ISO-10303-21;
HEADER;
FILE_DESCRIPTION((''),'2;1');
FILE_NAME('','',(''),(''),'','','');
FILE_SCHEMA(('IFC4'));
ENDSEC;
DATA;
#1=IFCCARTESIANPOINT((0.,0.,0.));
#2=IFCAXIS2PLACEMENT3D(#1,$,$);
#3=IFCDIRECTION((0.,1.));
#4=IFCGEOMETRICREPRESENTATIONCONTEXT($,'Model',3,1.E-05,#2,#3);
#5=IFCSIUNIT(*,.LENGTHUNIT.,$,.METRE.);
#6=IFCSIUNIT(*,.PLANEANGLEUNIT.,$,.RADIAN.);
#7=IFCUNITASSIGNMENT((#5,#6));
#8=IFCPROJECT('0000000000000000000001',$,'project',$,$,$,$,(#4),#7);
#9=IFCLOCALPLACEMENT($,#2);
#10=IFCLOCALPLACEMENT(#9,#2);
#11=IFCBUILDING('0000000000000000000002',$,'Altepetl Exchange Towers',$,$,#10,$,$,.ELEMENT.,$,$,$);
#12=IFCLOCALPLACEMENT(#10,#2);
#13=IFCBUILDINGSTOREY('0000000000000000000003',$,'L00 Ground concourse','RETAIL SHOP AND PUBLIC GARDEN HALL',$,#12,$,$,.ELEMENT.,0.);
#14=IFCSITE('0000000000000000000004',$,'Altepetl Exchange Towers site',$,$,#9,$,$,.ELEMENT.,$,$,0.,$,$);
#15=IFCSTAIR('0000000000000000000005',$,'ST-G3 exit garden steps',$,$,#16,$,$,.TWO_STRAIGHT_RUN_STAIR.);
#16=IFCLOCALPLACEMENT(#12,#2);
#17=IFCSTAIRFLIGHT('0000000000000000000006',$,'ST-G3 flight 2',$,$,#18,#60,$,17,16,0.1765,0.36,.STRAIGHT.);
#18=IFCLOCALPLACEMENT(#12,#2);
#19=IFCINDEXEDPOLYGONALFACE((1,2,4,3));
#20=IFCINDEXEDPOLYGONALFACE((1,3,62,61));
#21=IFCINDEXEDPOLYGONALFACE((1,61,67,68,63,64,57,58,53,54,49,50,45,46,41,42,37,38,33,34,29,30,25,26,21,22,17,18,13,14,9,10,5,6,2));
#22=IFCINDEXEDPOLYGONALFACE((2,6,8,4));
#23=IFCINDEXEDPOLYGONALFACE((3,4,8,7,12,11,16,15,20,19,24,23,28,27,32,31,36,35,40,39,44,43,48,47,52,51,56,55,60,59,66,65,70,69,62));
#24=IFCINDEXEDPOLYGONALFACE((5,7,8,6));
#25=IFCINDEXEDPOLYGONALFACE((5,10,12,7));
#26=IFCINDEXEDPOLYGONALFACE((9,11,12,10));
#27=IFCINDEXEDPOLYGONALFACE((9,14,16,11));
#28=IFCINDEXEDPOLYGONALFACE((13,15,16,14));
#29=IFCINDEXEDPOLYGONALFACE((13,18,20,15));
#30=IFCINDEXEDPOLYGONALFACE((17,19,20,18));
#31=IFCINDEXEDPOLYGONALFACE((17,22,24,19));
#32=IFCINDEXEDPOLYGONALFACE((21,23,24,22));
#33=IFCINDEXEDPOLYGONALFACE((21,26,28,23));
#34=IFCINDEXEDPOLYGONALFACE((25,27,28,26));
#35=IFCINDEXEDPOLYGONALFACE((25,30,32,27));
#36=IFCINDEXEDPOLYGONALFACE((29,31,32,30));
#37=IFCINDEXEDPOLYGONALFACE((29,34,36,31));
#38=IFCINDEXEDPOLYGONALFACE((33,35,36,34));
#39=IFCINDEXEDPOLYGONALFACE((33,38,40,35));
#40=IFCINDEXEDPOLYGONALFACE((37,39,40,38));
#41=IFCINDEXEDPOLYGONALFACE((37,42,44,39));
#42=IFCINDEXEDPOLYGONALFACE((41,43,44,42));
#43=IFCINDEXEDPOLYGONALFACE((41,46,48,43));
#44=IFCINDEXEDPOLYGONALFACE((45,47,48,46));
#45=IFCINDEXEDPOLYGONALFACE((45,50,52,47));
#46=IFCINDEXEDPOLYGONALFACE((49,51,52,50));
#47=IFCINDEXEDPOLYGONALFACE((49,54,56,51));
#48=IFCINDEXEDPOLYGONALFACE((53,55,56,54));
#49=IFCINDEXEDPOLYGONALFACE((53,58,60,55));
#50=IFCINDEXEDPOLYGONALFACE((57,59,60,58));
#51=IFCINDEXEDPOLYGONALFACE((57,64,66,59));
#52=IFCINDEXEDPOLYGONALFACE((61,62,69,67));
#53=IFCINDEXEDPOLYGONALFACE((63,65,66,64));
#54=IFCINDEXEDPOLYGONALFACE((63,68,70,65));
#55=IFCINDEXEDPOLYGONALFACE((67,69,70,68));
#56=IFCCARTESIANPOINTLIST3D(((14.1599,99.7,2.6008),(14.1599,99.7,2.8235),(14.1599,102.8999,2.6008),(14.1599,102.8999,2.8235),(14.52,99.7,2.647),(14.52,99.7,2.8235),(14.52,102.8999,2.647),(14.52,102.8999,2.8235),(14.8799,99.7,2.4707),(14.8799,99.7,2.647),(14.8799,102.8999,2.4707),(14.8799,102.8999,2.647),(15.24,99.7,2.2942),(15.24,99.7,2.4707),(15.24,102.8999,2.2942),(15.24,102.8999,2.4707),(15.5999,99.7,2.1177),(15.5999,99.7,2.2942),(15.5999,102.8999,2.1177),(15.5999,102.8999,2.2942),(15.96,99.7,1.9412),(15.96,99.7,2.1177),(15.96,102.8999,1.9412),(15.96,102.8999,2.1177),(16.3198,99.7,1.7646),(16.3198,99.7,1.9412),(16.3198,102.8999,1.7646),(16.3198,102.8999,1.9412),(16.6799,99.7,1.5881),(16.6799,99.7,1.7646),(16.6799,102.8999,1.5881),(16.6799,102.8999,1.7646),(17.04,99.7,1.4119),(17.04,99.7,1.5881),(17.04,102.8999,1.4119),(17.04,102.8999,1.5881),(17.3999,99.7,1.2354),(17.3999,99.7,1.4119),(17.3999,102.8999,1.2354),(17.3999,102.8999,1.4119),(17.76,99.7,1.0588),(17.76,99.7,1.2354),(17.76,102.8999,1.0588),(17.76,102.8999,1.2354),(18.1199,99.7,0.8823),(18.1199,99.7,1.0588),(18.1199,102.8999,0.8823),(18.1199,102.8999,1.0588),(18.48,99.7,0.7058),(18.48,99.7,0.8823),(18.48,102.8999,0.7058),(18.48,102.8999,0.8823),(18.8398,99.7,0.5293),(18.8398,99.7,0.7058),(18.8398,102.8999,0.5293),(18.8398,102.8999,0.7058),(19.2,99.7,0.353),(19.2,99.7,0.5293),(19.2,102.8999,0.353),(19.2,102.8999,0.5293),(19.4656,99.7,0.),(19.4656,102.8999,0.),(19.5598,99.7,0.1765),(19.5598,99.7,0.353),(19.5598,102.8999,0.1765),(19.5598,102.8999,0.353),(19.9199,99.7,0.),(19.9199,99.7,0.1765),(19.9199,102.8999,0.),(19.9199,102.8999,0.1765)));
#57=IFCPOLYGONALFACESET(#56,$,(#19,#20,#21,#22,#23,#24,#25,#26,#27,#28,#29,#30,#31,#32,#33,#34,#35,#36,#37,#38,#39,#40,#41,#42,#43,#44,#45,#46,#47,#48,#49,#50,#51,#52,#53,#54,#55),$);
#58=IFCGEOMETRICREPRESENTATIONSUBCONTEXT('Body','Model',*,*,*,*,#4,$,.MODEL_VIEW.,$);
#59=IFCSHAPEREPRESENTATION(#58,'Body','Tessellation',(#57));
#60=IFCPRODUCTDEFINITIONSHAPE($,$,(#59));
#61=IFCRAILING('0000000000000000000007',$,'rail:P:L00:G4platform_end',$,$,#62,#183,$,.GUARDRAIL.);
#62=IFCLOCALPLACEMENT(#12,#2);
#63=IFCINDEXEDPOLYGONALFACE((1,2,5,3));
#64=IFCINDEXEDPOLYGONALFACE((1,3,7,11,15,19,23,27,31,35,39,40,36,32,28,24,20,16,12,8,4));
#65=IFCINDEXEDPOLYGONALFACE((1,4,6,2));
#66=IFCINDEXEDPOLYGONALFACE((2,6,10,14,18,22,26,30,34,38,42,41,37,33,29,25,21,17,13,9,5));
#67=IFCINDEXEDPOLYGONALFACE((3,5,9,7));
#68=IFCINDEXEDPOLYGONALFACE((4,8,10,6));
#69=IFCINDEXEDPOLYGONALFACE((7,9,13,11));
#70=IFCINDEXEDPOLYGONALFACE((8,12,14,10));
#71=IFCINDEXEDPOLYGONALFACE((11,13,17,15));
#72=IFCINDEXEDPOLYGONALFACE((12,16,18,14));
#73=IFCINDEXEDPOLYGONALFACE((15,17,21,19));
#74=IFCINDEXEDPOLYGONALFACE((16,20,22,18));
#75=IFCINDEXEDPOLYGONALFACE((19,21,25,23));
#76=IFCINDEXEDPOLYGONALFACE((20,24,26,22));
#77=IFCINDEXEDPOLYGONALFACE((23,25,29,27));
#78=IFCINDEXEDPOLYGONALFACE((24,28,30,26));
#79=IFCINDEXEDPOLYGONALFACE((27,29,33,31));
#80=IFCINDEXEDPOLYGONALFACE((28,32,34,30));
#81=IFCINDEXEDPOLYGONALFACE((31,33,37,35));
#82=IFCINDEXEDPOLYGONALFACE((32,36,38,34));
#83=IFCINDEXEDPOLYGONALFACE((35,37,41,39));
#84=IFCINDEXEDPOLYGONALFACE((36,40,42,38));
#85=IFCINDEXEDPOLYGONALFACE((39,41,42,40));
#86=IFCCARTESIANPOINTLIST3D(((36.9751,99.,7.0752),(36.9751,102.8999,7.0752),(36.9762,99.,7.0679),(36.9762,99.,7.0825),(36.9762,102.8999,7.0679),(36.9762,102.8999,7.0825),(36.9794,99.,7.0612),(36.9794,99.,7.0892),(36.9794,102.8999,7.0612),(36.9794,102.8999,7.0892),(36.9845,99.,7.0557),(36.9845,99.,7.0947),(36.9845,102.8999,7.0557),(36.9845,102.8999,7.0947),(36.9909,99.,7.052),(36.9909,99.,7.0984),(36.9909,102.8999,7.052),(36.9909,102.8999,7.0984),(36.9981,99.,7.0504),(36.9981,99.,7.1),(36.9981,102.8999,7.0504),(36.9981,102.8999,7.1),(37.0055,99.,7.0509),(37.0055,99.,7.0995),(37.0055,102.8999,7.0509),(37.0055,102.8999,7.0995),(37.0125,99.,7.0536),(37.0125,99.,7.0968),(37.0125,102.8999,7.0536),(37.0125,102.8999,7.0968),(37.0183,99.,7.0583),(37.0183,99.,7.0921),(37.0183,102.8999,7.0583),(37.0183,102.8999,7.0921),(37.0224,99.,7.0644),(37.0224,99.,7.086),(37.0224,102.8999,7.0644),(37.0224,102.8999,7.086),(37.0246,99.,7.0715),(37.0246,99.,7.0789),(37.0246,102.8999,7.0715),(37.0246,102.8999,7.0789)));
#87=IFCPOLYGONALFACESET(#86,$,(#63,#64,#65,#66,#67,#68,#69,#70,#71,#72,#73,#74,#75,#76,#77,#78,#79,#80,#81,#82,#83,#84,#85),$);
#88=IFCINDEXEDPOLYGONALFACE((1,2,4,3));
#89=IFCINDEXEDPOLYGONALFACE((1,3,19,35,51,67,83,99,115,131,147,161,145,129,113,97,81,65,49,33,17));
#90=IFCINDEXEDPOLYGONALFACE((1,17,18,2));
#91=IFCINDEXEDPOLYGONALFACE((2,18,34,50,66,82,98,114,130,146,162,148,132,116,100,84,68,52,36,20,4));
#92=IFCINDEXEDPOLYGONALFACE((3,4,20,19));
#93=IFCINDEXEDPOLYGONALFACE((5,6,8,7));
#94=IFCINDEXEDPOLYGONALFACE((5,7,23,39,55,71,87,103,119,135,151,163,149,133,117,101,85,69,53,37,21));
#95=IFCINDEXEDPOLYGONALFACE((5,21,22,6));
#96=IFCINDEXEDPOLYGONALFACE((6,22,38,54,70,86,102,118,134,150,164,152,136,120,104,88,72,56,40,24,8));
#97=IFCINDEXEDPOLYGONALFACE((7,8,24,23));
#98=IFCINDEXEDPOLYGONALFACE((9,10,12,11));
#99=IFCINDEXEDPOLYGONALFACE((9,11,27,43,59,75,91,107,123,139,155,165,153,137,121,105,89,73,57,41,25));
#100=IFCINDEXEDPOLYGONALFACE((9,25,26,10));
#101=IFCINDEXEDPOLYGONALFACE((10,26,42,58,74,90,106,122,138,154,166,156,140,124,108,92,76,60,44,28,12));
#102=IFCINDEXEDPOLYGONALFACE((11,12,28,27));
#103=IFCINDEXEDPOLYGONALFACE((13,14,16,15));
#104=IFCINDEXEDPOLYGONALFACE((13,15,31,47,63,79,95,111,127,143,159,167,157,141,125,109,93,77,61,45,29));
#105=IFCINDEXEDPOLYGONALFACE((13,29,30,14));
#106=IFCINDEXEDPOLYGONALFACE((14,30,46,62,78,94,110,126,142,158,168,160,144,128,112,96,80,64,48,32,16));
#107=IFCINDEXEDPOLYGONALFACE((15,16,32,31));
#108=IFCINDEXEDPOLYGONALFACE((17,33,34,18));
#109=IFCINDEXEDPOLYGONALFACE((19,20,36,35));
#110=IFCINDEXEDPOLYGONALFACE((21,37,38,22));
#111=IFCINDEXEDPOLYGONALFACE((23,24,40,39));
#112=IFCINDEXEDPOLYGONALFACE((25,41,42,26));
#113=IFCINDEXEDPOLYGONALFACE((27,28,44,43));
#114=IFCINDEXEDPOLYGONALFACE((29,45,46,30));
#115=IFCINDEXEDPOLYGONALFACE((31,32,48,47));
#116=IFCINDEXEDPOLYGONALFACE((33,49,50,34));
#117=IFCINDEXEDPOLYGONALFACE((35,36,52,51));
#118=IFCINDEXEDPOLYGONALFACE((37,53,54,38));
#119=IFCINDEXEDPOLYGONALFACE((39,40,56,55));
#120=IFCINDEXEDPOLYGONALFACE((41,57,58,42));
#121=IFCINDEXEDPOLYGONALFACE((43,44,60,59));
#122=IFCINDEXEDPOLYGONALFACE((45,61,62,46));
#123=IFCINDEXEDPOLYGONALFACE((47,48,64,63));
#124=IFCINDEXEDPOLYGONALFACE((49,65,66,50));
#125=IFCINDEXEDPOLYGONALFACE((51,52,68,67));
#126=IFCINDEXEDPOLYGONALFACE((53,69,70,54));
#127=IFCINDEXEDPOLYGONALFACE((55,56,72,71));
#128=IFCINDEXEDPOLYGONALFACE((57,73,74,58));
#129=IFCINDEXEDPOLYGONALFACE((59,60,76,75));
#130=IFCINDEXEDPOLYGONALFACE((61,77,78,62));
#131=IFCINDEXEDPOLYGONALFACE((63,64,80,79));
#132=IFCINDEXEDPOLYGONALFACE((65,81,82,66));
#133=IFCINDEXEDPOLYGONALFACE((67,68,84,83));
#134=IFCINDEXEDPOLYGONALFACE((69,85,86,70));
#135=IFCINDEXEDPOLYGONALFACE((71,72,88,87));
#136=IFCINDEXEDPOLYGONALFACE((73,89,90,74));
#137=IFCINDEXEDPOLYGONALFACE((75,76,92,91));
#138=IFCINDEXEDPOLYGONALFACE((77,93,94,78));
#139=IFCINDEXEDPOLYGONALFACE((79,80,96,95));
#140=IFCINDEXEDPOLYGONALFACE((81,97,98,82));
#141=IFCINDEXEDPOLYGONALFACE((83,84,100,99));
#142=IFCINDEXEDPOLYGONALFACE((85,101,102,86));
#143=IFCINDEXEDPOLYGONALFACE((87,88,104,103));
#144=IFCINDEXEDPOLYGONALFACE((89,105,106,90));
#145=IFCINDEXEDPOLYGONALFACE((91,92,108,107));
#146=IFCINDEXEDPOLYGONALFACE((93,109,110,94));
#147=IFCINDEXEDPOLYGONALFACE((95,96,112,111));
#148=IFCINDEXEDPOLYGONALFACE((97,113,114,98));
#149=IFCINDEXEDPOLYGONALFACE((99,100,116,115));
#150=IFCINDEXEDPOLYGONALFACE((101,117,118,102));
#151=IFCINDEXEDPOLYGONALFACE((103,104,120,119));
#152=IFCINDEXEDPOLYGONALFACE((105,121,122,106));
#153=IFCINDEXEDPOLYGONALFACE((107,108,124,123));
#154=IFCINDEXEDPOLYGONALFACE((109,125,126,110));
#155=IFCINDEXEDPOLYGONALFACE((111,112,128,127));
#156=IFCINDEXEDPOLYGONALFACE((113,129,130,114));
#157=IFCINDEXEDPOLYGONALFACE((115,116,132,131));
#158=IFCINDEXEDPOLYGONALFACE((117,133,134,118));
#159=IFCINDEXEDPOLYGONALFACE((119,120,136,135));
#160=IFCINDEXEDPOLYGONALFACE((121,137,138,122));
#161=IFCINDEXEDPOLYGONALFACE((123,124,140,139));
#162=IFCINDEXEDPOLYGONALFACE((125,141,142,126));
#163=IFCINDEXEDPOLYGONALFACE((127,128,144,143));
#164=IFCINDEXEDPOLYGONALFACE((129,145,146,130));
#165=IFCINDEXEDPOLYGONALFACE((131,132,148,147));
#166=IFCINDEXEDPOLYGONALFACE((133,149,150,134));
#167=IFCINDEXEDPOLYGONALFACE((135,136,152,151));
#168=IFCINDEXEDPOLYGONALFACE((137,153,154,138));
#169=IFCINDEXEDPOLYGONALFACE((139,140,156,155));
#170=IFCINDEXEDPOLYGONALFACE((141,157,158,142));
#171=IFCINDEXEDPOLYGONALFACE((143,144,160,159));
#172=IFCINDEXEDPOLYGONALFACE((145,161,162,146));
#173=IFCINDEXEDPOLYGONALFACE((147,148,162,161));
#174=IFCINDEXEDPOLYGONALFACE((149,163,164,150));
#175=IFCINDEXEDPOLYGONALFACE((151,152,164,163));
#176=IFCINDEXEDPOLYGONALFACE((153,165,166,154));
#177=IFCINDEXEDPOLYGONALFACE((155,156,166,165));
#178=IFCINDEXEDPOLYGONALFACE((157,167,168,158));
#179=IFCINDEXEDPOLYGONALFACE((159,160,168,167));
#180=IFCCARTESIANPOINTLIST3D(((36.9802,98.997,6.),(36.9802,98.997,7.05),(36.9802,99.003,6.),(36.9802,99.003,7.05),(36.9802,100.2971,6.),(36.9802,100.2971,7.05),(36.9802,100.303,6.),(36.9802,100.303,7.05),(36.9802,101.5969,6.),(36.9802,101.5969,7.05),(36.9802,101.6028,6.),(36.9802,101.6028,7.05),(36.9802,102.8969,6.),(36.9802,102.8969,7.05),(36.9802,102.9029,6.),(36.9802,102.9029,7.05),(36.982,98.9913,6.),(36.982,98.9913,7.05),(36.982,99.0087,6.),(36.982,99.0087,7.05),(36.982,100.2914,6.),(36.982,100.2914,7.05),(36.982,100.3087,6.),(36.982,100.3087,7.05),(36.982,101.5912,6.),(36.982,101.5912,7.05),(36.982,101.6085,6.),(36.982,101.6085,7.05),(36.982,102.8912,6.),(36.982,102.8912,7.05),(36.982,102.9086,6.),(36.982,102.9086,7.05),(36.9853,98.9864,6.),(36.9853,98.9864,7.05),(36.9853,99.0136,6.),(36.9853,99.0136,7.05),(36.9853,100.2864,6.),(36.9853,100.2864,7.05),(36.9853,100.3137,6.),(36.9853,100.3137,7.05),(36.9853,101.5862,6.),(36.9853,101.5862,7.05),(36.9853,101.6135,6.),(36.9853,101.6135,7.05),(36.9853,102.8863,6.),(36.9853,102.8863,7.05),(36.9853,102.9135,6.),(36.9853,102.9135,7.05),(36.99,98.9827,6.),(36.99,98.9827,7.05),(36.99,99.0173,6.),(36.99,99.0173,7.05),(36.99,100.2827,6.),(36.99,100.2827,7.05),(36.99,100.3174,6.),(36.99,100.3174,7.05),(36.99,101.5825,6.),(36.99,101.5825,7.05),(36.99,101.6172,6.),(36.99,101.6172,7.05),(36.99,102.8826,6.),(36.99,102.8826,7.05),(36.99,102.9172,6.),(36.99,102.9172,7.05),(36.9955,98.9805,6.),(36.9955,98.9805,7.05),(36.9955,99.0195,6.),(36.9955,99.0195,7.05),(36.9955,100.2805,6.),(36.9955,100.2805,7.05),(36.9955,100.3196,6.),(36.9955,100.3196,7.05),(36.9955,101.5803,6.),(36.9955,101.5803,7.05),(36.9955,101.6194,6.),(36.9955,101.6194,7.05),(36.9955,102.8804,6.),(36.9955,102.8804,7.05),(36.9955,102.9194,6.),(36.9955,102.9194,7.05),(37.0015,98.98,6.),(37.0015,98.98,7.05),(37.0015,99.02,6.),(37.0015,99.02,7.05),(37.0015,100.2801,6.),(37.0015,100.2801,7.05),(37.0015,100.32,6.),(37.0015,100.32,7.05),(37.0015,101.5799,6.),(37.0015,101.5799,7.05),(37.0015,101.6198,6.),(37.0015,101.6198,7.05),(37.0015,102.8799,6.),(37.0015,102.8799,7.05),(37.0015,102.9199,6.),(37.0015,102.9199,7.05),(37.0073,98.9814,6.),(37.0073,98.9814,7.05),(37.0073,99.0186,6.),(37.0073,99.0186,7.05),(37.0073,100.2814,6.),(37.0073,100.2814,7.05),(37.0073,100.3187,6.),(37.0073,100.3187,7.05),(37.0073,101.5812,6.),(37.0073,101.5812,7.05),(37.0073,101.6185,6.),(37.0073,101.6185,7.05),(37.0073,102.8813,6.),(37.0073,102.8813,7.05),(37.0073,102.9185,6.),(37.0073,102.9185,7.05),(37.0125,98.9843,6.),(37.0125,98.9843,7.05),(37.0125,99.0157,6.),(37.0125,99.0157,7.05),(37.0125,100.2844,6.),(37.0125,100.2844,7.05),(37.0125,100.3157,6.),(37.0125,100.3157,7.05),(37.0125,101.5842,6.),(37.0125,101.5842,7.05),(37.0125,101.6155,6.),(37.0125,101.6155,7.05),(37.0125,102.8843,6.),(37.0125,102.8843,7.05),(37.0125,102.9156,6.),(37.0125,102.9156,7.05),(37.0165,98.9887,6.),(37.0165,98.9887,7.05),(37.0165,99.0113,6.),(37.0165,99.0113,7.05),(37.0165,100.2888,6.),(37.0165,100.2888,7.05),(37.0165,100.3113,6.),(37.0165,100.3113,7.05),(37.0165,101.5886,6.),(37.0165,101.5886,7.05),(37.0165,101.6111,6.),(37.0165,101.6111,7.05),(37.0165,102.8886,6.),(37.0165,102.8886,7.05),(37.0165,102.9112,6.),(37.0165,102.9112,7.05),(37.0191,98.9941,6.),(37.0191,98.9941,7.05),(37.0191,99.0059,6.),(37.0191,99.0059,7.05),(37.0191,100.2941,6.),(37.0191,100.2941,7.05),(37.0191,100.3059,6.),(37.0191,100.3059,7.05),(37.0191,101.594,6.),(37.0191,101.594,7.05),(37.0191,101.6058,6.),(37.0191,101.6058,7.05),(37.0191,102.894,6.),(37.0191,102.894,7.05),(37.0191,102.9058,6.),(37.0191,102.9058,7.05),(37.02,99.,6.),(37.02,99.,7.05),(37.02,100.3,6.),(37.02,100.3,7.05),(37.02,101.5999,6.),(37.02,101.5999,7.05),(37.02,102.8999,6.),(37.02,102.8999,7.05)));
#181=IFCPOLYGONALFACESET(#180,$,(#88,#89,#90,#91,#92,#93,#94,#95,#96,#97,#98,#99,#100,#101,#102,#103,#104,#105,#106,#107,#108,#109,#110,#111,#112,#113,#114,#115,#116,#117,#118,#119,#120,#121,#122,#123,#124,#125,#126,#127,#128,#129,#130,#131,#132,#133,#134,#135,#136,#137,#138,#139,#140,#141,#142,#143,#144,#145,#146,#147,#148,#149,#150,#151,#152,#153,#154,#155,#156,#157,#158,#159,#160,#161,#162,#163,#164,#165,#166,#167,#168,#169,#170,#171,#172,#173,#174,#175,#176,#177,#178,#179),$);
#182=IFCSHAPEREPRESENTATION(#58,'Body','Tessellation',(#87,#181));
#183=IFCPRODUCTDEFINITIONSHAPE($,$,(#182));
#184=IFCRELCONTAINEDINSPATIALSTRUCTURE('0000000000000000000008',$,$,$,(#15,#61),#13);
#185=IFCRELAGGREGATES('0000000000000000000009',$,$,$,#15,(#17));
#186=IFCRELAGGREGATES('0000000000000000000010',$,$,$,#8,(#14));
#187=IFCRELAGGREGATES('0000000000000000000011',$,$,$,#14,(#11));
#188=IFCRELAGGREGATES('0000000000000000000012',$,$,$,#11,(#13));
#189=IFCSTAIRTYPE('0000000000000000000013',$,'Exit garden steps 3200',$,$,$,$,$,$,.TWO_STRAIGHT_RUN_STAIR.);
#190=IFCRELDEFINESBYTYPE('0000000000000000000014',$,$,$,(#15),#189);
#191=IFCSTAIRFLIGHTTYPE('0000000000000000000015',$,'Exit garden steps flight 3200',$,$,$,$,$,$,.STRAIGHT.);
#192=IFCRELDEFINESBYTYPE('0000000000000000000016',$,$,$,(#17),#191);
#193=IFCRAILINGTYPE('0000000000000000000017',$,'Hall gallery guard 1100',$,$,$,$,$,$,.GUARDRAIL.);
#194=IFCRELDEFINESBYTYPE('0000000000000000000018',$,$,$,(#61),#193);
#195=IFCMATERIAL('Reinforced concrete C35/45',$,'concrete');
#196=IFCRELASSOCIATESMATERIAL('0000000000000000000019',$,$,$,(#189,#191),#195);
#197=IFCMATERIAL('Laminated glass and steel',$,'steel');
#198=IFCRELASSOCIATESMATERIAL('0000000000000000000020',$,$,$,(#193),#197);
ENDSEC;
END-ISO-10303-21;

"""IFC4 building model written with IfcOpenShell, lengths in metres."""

from ifc_helpers import new_model, si_unit, direction, frame, origin, origin_2d, place, context, subcontext, project, spatial, polyline, circle, outline, extrude, source, transform, mapped, material, type_object, element, aggregate, save


model = new_model("IFC4")

# Units and contexts
model_context = context("Model", 3, precision=1e-05, world=origin(), true_north=direction((0.0, 1.0)))
body_context = subcontext(model_context, "Body", "Model", "MODEL_VIEW")
ifc_project = project(units=[si_unit("LENGTHUNIT", "METRE"), si_unit("PLANEANGLEUNIT", "RADIAN")], contexts=[model_context])

# Site, building, storey
site_placement = place(None, origin())
site = spatial("IfcSite", under=ifc_project, at=site_placement, Name="Altepetl Exchange Towers site", CompositionType="ELEMENT", RefElevation=0.0)
building_placement = place(site_placement, origin())
building = spatial("IfcBuilding", under=site, at=building_placement, Name="Altepetl Exchange Towers", CompositionType="ELEMENT")
storey_placement = place(building_placement, origin())
storey = spatial("IfcBuildingStorey", under=building, at=storey_placement, Name="L00 Ground concourse", Description="RETAIL SHOP AND PUBLIC GARDEN HALL", CompositionType="ELEMENT", Elevation=0.0)

# Stair, stair flight
ifc_material_1 = material(Name="Reinforced concrete C35/45", Category="concrete")
stair_type = type_object("IfcStairType", Name="Exit garden steps 3200", PredefinedType="TWO_STRAIGHT_RUN_STAIR", material=ifc_material_1)
stair_placement = place(storey_placement, origin())
stair = element("IfcStair", 1, at=stair_placement, inside=storey, type_object=stair_type, Name="ST-G3 exit garden steps", PredefinedType="TWO_STRAIGHT_RUN_STAIR")
stair_flight_type = type_object("IfcStairFlightType", Name="Exit garden steps flight 3200", PredefinedType="STRAIGHT", material=ifc_material_1)
stair_flight_placement = place(storey_placement, frame((19.9199, 101.3, 0.0), z_axis=(0.0, 0.0, 1.0), x_axis=(-1.0, 0.0, 0.0)))
stair_flight = element("IfcStairFlight", 2, at=stair_flight_placement, type_object=stair_flight_type, Name="ST-G3 flight 2", NumberOfRisers=17, NumberOfTreads=16, PredefinedType="STRAIGHT", RiserHeight=0.1765, TreadLength=0.36, context=body_context, shape_type="SweptSolid", body=[
    extrude(outline(polyline([(0.0, 0.0), (0.0, 0.1765), (0.3601, 0.1765), (0.3601, 0.353), (0.72, 0.353), (0.72, 0.5293), (1.0801, 0.5293), (1.0801, 0.7058), (1.4399, 0.7058), (1.4399, 0.8823), (1.8, 0.8823), (1.8, 1.0588), (2.1599, 1.0588), (2.1599, 1.2354), (2.52, 1.2354), (2.52, 1.4119), (2.8799, 1.4119), (2.8799, 1.5881), (3.24, 1.5881), (3.24, 1.7646), (3.6001, 1.7646), (3.6001, 1.9412), (3.96, 1.9412), (3.96, 2.1177), (4.3201, 2.1177), (4.3201, 2.2942), (4.6799, 2.2942), (4.6799, 2.4707), (5.04, 2.4707), (5.04, 2.647), (5.3999, 2.647), (5.3999, 2.8235), (5.76, 2.8235), (5.76, 3.0), (5.76, 2.6008), (0.4543, 0.0), (0.0, 0.0)])), frame((0.0, 1.6001, 0.0), z_axis=(0.0, -1.0, 0.0), x_axis=(1.0, 0.0, 0.0)), (0.0, 0.0, 1.0), 3.2),
])
aggregate(stair, [stair_flight])

# Railing
ifc_material_2 = material(Name="Laminated glass and steel", Category="steel")
railing_type_1 = type_object("IfcRailingType", Name="Hall gallery guard 1100", PredefinedType="GUARDRAIL", material=ifc_material_2)
shared_shape_1 = source(origin(), body_context, "Body", "SweptSolid", [
    extrude(circle(Radius=0.02, at=origin_2d()), origin(), (0.0, 0.0, 1.0), 1.05),
])
railing_1_placement = place(storey_placement, frame((37.0, 99.0, 6.0)))
element("IfcRailing", 3, at=railing_1_placement, inside=storey, type_object=railing_type_1, Name="rail:P:L00:G4platform_end", PredefinedType="GUARDRAIL", context=body_context, shape_type="SweptSolid", body=[
    extrude(circle(Radius=0.0249, at=origin_2d()), frame((0.0, 0.0, 1.0752), z_axis=(0.0, 1.0, 0.0), x_axis=(-1.0, 0.0, 0.0)), (0.0, 0.0, 1.0), 3.8999),
    mapped(shared_shape_1, transform((0.0, 0.0, 0.0))),
    mapped(shared_shape_1, transform((0.0, 1.3, 0.0))),
    mapped(shared_shape_1, transform((0.0, 2.5999, 0.0))),
    mapped(shared_shape_1, transform((0.0, 3.8999, 0.0))),
])

save(model, "model.ifc")
